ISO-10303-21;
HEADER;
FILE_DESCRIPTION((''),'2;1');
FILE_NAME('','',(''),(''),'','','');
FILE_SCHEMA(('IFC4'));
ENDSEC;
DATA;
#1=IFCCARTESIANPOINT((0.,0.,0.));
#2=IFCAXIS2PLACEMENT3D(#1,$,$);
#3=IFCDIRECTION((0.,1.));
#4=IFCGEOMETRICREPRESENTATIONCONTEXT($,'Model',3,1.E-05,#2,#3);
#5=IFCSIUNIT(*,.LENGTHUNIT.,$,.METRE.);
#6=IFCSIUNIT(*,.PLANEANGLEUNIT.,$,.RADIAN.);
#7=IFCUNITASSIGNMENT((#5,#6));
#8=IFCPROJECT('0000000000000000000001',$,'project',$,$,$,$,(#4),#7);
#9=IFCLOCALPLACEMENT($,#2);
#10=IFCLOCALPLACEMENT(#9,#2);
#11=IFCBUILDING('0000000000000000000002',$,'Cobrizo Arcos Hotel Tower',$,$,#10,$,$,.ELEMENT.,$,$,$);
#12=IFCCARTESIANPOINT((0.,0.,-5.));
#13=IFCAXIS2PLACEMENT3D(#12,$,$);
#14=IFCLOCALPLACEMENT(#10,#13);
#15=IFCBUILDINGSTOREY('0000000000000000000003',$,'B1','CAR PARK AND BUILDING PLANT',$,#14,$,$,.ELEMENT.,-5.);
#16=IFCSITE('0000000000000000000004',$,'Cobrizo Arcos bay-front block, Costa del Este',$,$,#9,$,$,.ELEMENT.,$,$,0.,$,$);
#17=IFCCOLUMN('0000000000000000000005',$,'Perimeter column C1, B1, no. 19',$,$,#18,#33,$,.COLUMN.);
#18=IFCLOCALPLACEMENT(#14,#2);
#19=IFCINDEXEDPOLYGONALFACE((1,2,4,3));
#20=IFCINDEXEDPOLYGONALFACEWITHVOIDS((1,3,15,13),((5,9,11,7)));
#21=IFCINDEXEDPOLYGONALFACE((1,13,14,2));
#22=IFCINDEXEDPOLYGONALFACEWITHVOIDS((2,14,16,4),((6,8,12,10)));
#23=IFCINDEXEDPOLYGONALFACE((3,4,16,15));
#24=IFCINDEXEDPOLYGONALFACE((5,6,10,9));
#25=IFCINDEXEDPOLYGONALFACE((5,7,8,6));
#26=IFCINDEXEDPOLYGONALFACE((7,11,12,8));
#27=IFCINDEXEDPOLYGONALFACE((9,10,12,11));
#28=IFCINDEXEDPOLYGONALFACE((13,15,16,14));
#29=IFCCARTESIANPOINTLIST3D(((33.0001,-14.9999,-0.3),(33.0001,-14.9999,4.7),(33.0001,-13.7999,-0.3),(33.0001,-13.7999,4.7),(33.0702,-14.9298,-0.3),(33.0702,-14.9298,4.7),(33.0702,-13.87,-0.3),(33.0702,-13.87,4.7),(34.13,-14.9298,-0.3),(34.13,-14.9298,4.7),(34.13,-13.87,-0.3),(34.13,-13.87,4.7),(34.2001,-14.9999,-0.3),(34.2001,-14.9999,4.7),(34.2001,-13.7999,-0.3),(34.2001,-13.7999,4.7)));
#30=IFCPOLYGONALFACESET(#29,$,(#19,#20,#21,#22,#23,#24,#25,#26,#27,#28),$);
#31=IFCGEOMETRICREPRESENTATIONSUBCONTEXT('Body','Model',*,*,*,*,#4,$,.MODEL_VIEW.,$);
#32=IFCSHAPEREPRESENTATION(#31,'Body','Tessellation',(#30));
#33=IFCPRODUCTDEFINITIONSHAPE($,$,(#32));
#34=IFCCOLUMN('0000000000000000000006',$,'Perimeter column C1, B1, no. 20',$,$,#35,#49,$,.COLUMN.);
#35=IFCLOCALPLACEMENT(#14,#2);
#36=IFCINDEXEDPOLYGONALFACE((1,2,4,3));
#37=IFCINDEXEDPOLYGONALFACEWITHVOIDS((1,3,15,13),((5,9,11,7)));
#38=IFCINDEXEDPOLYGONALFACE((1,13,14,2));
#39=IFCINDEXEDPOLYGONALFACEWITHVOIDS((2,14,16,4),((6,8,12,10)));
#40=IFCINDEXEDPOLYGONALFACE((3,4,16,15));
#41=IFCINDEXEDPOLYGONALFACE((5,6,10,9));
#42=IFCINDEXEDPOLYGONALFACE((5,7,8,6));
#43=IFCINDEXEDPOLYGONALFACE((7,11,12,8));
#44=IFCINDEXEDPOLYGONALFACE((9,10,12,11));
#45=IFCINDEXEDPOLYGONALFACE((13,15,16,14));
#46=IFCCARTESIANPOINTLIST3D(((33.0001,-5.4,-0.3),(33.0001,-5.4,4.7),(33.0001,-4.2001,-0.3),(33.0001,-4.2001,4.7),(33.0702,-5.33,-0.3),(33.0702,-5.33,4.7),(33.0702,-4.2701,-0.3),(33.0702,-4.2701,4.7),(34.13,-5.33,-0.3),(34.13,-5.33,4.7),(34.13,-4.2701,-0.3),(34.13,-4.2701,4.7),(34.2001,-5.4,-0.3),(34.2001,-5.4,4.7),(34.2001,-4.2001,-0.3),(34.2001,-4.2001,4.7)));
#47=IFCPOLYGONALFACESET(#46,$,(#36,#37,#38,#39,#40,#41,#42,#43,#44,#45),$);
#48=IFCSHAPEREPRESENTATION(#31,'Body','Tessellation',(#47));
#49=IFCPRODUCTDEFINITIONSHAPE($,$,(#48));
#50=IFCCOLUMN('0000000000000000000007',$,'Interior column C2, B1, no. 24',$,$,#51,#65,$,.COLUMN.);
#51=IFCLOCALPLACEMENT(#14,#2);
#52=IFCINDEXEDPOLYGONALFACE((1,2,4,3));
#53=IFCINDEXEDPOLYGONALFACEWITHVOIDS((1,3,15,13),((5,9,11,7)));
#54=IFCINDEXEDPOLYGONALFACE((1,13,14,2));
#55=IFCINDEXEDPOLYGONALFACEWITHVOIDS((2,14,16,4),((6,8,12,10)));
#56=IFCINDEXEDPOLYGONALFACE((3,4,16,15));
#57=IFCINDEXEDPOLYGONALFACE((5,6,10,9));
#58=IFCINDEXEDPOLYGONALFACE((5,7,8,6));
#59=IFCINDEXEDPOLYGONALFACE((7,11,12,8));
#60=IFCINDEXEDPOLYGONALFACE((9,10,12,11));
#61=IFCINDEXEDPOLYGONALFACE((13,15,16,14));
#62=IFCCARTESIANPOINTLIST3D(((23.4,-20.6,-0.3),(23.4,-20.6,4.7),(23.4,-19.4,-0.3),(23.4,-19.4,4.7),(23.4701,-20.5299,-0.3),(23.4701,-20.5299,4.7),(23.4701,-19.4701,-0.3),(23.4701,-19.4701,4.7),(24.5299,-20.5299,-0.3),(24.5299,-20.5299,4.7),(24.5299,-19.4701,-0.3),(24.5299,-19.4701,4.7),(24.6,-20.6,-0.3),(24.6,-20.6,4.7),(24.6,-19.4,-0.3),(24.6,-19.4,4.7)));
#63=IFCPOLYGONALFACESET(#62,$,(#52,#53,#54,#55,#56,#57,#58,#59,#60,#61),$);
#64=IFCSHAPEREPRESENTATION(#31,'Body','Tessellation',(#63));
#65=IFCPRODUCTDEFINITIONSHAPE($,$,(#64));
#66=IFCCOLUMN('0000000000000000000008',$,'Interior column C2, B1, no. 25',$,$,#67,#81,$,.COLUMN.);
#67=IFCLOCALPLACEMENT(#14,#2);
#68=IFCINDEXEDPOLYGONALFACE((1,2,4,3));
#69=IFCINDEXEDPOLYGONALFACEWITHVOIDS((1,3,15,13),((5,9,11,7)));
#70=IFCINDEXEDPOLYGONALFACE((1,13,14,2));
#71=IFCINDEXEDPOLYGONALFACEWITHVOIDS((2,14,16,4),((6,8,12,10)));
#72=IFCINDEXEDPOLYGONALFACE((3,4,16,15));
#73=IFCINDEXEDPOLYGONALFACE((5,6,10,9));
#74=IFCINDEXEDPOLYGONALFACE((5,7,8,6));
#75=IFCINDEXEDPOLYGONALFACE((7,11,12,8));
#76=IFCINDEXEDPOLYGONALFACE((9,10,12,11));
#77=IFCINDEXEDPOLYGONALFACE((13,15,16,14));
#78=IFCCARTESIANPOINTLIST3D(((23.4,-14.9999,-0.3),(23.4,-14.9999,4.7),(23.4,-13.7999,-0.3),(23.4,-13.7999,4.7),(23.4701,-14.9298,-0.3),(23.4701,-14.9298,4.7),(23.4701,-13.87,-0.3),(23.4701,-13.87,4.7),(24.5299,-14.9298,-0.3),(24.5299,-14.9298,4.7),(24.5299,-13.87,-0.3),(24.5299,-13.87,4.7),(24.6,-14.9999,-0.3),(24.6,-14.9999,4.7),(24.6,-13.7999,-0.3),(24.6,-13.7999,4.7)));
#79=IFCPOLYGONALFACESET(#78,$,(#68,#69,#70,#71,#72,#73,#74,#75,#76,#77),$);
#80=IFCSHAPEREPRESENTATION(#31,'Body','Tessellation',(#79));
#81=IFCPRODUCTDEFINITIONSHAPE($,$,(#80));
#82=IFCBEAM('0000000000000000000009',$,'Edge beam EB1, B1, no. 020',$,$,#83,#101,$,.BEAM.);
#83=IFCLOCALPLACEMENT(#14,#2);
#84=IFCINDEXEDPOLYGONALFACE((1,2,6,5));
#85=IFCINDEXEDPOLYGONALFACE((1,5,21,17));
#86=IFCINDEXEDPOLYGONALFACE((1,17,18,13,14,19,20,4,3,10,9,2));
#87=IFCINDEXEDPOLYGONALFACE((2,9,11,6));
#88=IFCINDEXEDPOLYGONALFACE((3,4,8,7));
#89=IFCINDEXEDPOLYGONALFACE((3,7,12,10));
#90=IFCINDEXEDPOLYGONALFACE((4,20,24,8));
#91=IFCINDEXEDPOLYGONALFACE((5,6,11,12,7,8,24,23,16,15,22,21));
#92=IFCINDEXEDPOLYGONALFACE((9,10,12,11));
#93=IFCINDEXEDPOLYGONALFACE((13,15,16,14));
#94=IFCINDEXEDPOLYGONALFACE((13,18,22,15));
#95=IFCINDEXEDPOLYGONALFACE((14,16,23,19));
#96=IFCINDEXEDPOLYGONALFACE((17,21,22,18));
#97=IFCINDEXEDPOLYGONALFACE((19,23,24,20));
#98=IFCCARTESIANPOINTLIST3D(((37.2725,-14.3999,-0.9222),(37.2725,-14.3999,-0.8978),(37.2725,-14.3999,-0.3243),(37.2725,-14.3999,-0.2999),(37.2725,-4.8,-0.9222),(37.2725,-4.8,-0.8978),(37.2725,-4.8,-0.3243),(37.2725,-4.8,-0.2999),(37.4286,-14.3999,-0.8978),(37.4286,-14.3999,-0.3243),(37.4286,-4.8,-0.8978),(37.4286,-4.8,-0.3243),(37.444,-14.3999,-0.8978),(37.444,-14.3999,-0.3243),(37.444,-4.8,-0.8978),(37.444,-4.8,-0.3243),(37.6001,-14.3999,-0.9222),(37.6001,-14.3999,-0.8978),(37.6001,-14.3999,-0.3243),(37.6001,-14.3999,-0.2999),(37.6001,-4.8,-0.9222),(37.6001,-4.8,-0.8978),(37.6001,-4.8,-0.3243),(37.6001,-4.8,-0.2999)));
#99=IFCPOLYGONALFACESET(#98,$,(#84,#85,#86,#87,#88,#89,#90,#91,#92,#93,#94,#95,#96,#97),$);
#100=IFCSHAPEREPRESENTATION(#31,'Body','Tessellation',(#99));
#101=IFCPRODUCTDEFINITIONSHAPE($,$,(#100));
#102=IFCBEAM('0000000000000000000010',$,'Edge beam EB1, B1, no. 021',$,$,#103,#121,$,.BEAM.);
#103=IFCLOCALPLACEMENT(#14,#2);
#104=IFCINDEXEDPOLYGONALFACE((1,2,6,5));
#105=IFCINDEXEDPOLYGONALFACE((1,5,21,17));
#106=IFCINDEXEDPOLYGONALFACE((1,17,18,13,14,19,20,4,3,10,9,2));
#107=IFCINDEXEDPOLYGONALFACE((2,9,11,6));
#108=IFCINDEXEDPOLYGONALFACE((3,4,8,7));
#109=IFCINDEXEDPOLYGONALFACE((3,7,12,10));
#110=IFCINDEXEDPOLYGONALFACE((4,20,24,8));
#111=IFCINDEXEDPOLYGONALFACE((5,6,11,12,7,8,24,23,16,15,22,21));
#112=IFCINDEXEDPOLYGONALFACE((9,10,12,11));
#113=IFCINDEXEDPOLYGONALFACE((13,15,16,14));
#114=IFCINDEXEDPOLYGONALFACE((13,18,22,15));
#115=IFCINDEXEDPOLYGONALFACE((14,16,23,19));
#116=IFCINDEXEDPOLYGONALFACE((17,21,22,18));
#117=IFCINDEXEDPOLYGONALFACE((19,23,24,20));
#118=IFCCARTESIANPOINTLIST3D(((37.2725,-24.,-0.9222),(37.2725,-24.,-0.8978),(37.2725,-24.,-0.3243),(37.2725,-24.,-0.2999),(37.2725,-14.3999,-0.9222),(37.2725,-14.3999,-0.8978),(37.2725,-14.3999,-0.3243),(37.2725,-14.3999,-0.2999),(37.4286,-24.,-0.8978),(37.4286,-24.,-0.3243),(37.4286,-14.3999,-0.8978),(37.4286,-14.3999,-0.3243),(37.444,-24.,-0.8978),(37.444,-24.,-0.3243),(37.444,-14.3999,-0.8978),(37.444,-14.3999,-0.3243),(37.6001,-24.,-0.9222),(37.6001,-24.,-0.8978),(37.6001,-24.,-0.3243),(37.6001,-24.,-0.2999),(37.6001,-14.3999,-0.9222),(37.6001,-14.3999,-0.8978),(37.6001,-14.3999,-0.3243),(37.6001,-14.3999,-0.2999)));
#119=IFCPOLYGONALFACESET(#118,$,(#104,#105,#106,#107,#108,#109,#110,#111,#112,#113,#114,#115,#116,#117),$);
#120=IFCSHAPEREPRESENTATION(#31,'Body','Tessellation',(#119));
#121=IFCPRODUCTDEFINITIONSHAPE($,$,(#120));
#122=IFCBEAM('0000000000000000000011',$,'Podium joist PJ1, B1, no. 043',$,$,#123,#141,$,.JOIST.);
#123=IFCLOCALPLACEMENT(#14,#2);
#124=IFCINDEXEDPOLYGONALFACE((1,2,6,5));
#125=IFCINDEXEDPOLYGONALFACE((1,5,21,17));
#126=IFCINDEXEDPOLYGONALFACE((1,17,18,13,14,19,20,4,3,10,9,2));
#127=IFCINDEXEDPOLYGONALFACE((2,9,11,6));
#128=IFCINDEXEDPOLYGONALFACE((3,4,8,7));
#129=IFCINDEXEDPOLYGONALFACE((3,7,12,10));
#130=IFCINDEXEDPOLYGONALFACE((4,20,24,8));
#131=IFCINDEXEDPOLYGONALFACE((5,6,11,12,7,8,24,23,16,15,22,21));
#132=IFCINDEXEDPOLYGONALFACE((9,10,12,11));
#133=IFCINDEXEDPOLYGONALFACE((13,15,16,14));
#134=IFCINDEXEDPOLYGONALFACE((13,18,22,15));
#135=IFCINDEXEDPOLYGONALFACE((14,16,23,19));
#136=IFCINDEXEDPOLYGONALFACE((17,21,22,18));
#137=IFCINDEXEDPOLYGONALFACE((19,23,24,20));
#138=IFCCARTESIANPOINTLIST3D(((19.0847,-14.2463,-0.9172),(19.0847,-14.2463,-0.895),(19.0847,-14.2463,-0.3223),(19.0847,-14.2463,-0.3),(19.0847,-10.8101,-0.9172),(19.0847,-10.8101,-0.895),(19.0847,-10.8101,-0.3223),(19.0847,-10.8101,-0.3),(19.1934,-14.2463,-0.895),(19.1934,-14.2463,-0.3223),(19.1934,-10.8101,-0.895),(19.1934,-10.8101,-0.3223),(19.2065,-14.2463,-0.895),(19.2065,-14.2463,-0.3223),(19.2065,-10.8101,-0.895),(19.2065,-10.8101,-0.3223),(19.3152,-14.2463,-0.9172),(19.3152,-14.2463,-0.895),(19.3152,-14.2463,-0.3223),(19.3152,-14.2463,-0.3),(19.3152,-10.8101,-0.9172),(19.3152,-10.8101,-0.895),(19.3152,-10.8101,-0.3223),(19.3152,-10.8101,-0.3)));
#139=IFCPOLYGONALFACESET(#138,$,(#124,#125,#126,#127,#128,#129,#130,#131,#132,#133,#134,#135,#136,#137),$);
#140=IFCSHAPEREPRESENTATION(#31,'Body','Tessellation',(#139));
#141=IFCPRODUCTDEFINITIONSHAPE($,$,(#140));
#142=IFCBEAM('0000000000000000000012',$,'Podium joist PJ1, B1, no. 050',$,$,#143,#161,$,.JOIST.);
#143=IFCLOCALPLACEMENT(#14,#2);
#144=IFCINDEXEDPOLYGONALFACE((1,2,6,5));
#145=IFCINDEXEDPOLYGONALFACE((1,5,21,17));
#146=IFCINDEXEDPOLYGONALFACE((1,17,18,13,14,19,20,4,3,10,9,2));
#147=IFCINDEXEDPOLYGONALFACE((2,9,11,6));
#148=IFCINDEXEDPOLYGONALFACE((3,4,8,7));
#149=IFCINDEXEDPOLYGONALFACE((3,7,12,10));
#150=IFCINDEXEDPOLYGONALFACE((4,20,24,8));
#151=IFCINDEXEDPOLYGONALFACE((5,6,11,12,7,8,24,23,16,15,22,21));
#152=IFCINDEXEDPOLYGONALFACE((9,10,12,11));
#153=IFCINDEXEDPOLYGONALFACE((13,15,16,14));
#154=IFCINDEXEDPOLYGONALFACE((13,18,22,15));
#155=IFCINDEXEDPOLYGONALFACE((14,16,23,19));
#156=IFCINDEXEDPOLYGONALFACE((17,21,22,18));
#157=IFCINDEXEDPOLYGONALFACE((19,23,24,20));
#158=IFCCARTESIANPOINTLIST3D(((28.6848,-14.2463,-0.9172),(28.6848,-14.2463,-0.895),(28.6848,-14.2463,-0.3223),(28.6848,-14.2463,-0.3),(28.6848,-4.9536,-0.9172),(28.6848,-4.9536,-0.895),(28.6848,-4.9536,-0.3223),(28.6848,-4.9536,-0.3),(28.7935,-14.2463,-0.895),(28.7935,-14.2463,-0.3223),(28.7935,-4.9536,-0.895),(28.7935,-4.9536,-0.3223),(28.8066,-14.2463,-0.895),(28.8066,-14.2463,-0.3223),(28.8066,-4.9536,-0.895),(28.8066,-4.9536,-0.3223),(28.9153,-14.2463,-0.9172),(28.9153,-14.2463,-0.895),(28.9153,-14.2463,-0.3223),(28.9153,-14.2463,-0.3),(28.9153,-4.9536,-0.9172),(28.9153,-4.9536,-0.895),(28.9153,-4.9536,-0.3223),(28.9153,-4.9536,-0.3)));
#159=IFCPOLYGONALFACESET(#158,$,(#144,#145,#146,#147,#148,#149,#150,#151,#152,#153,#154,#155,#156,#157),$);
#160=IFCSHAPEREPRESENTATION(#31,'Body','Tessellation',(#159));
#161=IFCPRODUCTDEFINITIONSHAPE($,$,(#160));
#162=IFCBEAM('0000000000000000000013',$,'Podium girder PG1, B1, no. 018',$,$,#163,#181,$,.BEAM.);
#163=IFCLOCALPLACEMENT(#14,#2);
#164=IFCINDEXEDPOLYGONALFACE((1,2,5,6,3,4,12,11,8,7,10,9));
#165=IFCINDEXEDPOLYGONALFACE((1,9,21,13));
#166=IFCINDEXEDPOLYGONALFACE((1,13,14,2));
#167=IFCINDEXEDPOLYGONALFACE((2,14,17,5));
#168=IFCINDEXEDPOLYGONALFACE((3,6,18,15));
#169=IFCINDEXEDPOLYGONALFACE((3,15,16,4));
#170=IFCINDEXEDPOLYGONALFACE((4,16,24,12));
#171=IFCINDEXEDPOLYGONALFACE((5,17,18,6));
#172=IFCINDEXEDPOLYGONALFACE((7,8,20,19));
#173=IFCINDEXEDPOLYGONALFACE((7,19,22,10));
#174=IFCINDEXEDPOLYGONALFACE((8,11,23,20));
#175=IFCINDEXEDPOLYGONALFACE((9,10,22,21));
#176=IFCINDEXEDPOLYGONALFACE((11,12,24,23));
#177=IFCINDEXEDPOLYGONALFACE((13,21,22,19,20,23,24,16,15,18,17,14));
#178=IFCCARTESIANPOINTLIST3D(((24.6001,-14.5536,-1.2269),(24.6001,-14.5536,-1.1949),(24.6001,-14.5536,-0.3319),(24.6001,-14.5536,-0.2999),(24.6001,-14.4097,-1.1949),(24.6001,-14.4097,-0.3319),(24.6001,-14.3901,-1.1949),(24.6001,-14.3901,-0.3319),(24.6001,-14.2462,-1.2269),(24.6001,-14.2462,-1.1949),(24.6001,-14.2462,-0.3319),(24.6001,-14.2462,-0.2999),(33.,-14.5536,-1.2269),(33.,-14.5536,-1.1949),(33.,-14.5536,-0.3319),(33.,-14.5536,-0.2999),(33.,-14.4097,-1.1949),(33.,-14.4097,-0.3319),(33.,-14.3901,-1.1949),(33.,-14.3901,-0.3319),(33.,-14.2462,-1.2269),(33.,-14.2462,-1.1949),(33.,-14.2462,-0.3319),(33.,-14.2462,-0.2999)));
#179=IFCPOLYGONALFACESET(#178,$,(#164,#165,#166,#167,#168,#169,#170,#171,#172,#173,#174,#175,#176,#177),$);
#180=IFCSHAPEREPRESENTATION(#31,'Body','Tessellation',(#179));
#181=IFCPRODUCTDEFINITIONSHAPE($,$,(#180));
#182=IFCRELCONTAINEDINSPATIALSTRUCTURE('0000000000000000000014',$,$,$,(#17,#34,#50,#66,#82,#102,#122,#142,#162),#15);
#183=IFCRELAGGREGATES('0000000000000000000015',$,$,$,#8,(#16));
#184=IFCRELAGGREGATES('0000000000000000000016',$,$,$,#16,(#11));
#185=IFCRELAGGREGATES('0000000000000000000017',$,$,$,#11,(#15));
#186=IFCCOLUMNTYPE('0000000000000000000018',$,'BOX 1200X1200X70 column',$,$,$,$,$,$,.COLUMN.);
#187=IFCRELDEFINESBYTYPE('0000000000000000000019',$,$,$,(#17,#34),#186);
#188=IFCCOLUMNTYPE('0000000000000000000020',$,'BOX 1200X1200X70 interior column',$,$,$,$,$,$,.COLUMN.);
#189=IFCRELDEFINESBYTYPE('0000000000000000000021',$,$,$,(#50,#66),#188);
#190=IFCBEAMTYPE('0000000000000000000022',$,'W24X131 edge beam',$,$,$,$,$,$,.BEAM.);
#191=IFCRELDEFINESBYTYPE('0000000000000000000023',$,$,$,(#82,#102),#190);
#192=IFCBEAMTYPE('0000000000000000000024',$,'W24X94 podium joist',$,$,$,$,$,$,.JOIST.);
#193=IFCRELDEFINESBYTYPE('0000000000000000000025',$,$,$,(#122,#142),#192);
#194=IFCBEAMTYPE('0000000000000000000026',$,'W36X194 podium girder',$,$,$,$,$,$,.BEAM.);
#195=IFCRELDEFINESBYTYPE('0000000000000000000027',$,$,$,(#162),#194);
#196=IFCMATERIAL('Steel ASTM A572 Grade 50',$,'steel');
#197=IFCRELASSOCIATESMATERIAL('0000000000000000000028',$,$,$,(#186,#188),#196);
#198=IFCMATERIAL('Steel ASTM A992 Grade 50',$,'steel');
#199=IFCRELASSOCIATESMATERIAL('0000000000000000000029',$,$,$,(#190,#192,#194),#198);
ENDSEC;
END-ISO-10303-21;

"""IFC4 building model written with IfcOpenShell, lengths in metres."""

from ifc_helpers import new_model, si_unit, direction, frame, origin, origin_2d, place, context, subcontext, project, spatial, hollow_rectangle, i_section, extrude, material, material_profile, profile_set, type_object, element, save


model = new_model("IFC4")

# Units and contexts
model_context = context("Model", 3, precision=1e-05, world=origin(), true_north=direction((0.0, 1.0)))
body_context = subcontext(model_context, "Body", "Model", "MODEL_VIEW")
ifc_project = project(units=[si_unit("LENGTHUNIT", "METRE"), si_unit("PLANEANGLEUNIT", "RADIAN")], contexts=[model_context])

# Site, building, storey
site_placement = place(None, origin())
site = spatial("IfcSite", under=ifc_project, at=site_placement, Name="Cobrizo Arcos bay-front block, Costa del Este", CompositionType="ELEMENT", RefElevation=0.0)
building_placement = place(site_placement, origin())
building = spatial("IfcBuilding", under=site, at=building_placement, Name="Cobrizo Arcos Hotel Tower", CompositionType="ELEMENT")
storey_placement = place(building_placement, frame((0.0, 0.0, -5.0)))
storey = spatial("IfcBuildingStorey", under=building, at=storey_placement, Name="B1", Description="CAR PARK AND BUILDING PLANT", CompositionType="ELEMENT", Elevation=-5.0)

# Columns
ifc_material_1 = material(Name="Steel ASTM A572 Grade 50", Category="steel")
ifc_material_profile_1 = material_profile(ifc_material_1, hollow_rectangle(XDim=1.2, YDim=1.2, WallThickness=0.0701, at=origin_2d()), Name="BOX 1200X1200X70")
ifc_profile_set_1 = profile_set([ifc_material_profile_1], Name="Steel ASTM A572 Grade 50")
column_type_1 = type_object("IfcColumnType", Name="BOX 1200X1200X70 column", PredefinedType="COLUMN", material=ifc_profile_set_1)
for number, where, z_axis, x_axis, name in (
    (1, (33.6001, -14.3999, -0.3), (0.0, 0.0, 1.0), (1.0, 0.0, 0.0), "Perimeter column C1, B1, no. 19"),
    (2, (33.6001, -4.8, -0.3), (0.0, 0.0, 1.0), (1.0, 0.0, 0.0), "Perimeter column C1, B1, no. 20"),
):
    element("IfcColumn", number, at=place(storey_placement, frame(where, z_axis=z_axis, x_axis=x_axis)), inside=storey, type_object=column_type_1, Name=name, PredefinedType="COLUMN", context=body_context, shape_type="SweptSolid", body=[
        extrude(hollow_rectangle(XDim=1.2, YDim=1.2, WallThickness=0.0701, at=origin_2d()), origin(), (0.0, 0.0, 1.0), 5.0),
    ])
ifc_material_profile_2 = material_profile(ifc_material_1, hollow_rectangle(XDim=1.2, YDim=1.2, WallThickness=0.0701, at=origin_2d()), Name="BOX 1200X1200X70")
ifc_profile_set_2 = profile_set([ifc_material_profile_2], Name="Steel ASTM A572 Grade 50")
column_type_2 = type_object("IfcColumnType", Name="BOX 1200X1200X70 interior column", PredefinedType="COLUMN", material=ifc_profile_set_2)
for number, where, z_axis, x_axis, name in (
    (3, (24.0, -20.0, -0.3), (0.0, 0.0, 1.0), (1.0, 0.0, 0.0), "Interior column C2, B1, no. 24"),
    (4, (24.0, -14.3999, -0.3), (0.0, 0.0, 1.0), (1.0, 0.0, 0.0), "Interior column C2, B1, no. 25"),
):
    element("IfcColumn", number, at=place(storey_placement, frame(where, z_axis=z_axis, x_axis=x_axis)), inside=storey, type_object=column_type_2, Name=name, PredefinedType="COLUMN", context=body_context, shape_type="SweptSolid", body=[
        extrude(hollow_rectangle(XDim=1.2, YDim=1.2, WallThickness=0.0701, at=origin_2d()), origin(), (0.0, 0.0, 1.0), 5.0),
    ])

# Beams
ifc_material_2 = material(Name="Steel ASTM A992 Grade 50", Category="steel")
ifc_material_profile_3 = material_profile(ifc_material_2, i_section(OverallWidth=0.3276, OverallDepth=0.6223, WebThickness=0.0154, FlangeThickness=0.0244, at=origin_2d()), Name="W24X131")
ifc_profile_set_3 = profile_set([ifc_material_profile_3], Name="Steel ASTM A992 Grade 50")
beam_type_1 = type_object("IfcBeamType", Name="W24X131 edge beam", PredefinedType="BEAM", material=ifc_profile_set_3)
beam_1_placement = place(storey_placement, frame((37.4363, -4.8, -0.6111), z_axis=(0.0, -1.0, 0.0), x_axis=(1.0, 0.0, 0.0)))
element("IfcBeam", 5, at=beam_1_placement, inside=storey, type_object=beam_type_1, Name="Edge beam EB1, B1, no. 020", PredefinedType="BEAM", context=body_context, shape_type="SweptSolid", body=[
    extrude(i_section(OverallWidth=0.3276, OverallDepth=0.6223, WebThickness=0.0154, FlangeThickness=0.0244, at=origin_2d()), origin(), (0.0, 0.0, 1.0), 9.5999),
])
beam_2_placement = place(storey_placement, frame((37.4363, -14.3999, -0.6111), z_axis=(0.0, -1.0, 0.0), x_axis=(1.0, 0.0, 0.0)))
element("IfcBeam", 6, at=beam_2_placement, inside=storey, type_object=beam_type_1, Name="Edge beam EB1, B1, no. 021", PredefinedType="BEAM", context=body_context, shape_type="SweptSolid", body=[
    extrude(i_section(OverallWidth=0.3276, OverallDepth=0.6223, WebThickness=0.0154, FlangeThickness=0.0244, at=origin_2d()), origin(), (0.0, 0.0, 1.0), 9.6001),
])
ifc_material_profile_4 = material_profile(ifc_material_2, i_section(OverallWidth=0.2305, OverallDepth=0.6172, WebThickness=0.0132, FlangeThickness=0.0222, at=origin_2d()), Name="W24X94")
ifc_profile_set_4 = profile_set([ifc_material_profile_4], Name="Steel ASTM A992 Grade 50")
beam_type_2 = type_object("IfcBeamType", Name="W24X94 podium joist", PredefinedType="JOIST", material=ifc_profile_set_4)
beam_3_placement = place(storey_placement, frame((19.2, -14.2463, -0.6086), z_axis=(0.0, 1.0, 0.0), x_axis=(-1.0, 0.0, 0.0)))
element("IfcBeam", 7, at=beam_3_placement, inside=storey, type_object=beam_type_2, Name="Podium joist PJ1, B1, no. 043", PredefinedType="JOIST", context=body_context, shape_type="SweptSolid", body=[
    extrude(i_section(OverallWidth=0.2305, OverallDepth=0.6172, WebThickness=0.0132, FlangeThickness=0.0222, at=origin_2d()), origin(), (0.0, 0.0, 1.0), 3.4363),
])
beam_4_placement = place(storey_placement, frame((28.8, -14.2463, -0.6086), z_axis=(0.0, 1.0, 0.0), x_axis=(-1.0, 0.0, 0.0)))
element("IfcBeam", 8, at=beam_4_placement, inside=storey, type_object=beam_type_2, Name="Podium joist PJ1, B1, no. 050", PredefinedType="JOIST", context=body_context, shape_type="SweptSolid", body=[
    extrude(i_section(OverallWidth=0.2305, OverallDepth=0.6172, WebThickness=0.0132, FlangeThickness=0.0222, at=origin_2d()), origin(), (0.0, 0.0, 1.0), 9.2927),
])
ifc_material_profile_5 = material_profile(ifc_material_2, i_section(OverallWidth=0.3074, OverallDepth=0.927, WebThickness=0.0195, FlangeThickness=0.032, at=origin_2d()), Name="W36X194")
ifc_profile_set_5 = profile_set([ifc_material_profile_5], Name="Steel ASTM A992 Grade 50")
beam_type_3 = type_object("IfcBeamType", Name="W36X194 podium girder", PredefinedType="BEAM", material=ifc_profile_set_5)
beam_5_placement = place(storey_placement, frame((24.6001, -14.3999, -0.7634), z_axis=(1.0, 0.0, 0.0), x_axis=(0.0, 1.0, 0.0)))
element("IfcBeam", 9, at=beam_5_placement, inside=storey, type_object=beam_type_3, Name="Podium girder PG1, B1, no. 018", PredefinedType="BEAM", context=body_context, shape_type="SweptSolid", body=[
    extrude(i_section(OverallWidth=0.3074, OverallDepth=0.927, WebThickness=0.0195, FlangeThickness=0.032, at=origin_2d()), origin(), (0.0, 0.0, 1.0), 8.3999),
])

save(model, "model.ifc")
